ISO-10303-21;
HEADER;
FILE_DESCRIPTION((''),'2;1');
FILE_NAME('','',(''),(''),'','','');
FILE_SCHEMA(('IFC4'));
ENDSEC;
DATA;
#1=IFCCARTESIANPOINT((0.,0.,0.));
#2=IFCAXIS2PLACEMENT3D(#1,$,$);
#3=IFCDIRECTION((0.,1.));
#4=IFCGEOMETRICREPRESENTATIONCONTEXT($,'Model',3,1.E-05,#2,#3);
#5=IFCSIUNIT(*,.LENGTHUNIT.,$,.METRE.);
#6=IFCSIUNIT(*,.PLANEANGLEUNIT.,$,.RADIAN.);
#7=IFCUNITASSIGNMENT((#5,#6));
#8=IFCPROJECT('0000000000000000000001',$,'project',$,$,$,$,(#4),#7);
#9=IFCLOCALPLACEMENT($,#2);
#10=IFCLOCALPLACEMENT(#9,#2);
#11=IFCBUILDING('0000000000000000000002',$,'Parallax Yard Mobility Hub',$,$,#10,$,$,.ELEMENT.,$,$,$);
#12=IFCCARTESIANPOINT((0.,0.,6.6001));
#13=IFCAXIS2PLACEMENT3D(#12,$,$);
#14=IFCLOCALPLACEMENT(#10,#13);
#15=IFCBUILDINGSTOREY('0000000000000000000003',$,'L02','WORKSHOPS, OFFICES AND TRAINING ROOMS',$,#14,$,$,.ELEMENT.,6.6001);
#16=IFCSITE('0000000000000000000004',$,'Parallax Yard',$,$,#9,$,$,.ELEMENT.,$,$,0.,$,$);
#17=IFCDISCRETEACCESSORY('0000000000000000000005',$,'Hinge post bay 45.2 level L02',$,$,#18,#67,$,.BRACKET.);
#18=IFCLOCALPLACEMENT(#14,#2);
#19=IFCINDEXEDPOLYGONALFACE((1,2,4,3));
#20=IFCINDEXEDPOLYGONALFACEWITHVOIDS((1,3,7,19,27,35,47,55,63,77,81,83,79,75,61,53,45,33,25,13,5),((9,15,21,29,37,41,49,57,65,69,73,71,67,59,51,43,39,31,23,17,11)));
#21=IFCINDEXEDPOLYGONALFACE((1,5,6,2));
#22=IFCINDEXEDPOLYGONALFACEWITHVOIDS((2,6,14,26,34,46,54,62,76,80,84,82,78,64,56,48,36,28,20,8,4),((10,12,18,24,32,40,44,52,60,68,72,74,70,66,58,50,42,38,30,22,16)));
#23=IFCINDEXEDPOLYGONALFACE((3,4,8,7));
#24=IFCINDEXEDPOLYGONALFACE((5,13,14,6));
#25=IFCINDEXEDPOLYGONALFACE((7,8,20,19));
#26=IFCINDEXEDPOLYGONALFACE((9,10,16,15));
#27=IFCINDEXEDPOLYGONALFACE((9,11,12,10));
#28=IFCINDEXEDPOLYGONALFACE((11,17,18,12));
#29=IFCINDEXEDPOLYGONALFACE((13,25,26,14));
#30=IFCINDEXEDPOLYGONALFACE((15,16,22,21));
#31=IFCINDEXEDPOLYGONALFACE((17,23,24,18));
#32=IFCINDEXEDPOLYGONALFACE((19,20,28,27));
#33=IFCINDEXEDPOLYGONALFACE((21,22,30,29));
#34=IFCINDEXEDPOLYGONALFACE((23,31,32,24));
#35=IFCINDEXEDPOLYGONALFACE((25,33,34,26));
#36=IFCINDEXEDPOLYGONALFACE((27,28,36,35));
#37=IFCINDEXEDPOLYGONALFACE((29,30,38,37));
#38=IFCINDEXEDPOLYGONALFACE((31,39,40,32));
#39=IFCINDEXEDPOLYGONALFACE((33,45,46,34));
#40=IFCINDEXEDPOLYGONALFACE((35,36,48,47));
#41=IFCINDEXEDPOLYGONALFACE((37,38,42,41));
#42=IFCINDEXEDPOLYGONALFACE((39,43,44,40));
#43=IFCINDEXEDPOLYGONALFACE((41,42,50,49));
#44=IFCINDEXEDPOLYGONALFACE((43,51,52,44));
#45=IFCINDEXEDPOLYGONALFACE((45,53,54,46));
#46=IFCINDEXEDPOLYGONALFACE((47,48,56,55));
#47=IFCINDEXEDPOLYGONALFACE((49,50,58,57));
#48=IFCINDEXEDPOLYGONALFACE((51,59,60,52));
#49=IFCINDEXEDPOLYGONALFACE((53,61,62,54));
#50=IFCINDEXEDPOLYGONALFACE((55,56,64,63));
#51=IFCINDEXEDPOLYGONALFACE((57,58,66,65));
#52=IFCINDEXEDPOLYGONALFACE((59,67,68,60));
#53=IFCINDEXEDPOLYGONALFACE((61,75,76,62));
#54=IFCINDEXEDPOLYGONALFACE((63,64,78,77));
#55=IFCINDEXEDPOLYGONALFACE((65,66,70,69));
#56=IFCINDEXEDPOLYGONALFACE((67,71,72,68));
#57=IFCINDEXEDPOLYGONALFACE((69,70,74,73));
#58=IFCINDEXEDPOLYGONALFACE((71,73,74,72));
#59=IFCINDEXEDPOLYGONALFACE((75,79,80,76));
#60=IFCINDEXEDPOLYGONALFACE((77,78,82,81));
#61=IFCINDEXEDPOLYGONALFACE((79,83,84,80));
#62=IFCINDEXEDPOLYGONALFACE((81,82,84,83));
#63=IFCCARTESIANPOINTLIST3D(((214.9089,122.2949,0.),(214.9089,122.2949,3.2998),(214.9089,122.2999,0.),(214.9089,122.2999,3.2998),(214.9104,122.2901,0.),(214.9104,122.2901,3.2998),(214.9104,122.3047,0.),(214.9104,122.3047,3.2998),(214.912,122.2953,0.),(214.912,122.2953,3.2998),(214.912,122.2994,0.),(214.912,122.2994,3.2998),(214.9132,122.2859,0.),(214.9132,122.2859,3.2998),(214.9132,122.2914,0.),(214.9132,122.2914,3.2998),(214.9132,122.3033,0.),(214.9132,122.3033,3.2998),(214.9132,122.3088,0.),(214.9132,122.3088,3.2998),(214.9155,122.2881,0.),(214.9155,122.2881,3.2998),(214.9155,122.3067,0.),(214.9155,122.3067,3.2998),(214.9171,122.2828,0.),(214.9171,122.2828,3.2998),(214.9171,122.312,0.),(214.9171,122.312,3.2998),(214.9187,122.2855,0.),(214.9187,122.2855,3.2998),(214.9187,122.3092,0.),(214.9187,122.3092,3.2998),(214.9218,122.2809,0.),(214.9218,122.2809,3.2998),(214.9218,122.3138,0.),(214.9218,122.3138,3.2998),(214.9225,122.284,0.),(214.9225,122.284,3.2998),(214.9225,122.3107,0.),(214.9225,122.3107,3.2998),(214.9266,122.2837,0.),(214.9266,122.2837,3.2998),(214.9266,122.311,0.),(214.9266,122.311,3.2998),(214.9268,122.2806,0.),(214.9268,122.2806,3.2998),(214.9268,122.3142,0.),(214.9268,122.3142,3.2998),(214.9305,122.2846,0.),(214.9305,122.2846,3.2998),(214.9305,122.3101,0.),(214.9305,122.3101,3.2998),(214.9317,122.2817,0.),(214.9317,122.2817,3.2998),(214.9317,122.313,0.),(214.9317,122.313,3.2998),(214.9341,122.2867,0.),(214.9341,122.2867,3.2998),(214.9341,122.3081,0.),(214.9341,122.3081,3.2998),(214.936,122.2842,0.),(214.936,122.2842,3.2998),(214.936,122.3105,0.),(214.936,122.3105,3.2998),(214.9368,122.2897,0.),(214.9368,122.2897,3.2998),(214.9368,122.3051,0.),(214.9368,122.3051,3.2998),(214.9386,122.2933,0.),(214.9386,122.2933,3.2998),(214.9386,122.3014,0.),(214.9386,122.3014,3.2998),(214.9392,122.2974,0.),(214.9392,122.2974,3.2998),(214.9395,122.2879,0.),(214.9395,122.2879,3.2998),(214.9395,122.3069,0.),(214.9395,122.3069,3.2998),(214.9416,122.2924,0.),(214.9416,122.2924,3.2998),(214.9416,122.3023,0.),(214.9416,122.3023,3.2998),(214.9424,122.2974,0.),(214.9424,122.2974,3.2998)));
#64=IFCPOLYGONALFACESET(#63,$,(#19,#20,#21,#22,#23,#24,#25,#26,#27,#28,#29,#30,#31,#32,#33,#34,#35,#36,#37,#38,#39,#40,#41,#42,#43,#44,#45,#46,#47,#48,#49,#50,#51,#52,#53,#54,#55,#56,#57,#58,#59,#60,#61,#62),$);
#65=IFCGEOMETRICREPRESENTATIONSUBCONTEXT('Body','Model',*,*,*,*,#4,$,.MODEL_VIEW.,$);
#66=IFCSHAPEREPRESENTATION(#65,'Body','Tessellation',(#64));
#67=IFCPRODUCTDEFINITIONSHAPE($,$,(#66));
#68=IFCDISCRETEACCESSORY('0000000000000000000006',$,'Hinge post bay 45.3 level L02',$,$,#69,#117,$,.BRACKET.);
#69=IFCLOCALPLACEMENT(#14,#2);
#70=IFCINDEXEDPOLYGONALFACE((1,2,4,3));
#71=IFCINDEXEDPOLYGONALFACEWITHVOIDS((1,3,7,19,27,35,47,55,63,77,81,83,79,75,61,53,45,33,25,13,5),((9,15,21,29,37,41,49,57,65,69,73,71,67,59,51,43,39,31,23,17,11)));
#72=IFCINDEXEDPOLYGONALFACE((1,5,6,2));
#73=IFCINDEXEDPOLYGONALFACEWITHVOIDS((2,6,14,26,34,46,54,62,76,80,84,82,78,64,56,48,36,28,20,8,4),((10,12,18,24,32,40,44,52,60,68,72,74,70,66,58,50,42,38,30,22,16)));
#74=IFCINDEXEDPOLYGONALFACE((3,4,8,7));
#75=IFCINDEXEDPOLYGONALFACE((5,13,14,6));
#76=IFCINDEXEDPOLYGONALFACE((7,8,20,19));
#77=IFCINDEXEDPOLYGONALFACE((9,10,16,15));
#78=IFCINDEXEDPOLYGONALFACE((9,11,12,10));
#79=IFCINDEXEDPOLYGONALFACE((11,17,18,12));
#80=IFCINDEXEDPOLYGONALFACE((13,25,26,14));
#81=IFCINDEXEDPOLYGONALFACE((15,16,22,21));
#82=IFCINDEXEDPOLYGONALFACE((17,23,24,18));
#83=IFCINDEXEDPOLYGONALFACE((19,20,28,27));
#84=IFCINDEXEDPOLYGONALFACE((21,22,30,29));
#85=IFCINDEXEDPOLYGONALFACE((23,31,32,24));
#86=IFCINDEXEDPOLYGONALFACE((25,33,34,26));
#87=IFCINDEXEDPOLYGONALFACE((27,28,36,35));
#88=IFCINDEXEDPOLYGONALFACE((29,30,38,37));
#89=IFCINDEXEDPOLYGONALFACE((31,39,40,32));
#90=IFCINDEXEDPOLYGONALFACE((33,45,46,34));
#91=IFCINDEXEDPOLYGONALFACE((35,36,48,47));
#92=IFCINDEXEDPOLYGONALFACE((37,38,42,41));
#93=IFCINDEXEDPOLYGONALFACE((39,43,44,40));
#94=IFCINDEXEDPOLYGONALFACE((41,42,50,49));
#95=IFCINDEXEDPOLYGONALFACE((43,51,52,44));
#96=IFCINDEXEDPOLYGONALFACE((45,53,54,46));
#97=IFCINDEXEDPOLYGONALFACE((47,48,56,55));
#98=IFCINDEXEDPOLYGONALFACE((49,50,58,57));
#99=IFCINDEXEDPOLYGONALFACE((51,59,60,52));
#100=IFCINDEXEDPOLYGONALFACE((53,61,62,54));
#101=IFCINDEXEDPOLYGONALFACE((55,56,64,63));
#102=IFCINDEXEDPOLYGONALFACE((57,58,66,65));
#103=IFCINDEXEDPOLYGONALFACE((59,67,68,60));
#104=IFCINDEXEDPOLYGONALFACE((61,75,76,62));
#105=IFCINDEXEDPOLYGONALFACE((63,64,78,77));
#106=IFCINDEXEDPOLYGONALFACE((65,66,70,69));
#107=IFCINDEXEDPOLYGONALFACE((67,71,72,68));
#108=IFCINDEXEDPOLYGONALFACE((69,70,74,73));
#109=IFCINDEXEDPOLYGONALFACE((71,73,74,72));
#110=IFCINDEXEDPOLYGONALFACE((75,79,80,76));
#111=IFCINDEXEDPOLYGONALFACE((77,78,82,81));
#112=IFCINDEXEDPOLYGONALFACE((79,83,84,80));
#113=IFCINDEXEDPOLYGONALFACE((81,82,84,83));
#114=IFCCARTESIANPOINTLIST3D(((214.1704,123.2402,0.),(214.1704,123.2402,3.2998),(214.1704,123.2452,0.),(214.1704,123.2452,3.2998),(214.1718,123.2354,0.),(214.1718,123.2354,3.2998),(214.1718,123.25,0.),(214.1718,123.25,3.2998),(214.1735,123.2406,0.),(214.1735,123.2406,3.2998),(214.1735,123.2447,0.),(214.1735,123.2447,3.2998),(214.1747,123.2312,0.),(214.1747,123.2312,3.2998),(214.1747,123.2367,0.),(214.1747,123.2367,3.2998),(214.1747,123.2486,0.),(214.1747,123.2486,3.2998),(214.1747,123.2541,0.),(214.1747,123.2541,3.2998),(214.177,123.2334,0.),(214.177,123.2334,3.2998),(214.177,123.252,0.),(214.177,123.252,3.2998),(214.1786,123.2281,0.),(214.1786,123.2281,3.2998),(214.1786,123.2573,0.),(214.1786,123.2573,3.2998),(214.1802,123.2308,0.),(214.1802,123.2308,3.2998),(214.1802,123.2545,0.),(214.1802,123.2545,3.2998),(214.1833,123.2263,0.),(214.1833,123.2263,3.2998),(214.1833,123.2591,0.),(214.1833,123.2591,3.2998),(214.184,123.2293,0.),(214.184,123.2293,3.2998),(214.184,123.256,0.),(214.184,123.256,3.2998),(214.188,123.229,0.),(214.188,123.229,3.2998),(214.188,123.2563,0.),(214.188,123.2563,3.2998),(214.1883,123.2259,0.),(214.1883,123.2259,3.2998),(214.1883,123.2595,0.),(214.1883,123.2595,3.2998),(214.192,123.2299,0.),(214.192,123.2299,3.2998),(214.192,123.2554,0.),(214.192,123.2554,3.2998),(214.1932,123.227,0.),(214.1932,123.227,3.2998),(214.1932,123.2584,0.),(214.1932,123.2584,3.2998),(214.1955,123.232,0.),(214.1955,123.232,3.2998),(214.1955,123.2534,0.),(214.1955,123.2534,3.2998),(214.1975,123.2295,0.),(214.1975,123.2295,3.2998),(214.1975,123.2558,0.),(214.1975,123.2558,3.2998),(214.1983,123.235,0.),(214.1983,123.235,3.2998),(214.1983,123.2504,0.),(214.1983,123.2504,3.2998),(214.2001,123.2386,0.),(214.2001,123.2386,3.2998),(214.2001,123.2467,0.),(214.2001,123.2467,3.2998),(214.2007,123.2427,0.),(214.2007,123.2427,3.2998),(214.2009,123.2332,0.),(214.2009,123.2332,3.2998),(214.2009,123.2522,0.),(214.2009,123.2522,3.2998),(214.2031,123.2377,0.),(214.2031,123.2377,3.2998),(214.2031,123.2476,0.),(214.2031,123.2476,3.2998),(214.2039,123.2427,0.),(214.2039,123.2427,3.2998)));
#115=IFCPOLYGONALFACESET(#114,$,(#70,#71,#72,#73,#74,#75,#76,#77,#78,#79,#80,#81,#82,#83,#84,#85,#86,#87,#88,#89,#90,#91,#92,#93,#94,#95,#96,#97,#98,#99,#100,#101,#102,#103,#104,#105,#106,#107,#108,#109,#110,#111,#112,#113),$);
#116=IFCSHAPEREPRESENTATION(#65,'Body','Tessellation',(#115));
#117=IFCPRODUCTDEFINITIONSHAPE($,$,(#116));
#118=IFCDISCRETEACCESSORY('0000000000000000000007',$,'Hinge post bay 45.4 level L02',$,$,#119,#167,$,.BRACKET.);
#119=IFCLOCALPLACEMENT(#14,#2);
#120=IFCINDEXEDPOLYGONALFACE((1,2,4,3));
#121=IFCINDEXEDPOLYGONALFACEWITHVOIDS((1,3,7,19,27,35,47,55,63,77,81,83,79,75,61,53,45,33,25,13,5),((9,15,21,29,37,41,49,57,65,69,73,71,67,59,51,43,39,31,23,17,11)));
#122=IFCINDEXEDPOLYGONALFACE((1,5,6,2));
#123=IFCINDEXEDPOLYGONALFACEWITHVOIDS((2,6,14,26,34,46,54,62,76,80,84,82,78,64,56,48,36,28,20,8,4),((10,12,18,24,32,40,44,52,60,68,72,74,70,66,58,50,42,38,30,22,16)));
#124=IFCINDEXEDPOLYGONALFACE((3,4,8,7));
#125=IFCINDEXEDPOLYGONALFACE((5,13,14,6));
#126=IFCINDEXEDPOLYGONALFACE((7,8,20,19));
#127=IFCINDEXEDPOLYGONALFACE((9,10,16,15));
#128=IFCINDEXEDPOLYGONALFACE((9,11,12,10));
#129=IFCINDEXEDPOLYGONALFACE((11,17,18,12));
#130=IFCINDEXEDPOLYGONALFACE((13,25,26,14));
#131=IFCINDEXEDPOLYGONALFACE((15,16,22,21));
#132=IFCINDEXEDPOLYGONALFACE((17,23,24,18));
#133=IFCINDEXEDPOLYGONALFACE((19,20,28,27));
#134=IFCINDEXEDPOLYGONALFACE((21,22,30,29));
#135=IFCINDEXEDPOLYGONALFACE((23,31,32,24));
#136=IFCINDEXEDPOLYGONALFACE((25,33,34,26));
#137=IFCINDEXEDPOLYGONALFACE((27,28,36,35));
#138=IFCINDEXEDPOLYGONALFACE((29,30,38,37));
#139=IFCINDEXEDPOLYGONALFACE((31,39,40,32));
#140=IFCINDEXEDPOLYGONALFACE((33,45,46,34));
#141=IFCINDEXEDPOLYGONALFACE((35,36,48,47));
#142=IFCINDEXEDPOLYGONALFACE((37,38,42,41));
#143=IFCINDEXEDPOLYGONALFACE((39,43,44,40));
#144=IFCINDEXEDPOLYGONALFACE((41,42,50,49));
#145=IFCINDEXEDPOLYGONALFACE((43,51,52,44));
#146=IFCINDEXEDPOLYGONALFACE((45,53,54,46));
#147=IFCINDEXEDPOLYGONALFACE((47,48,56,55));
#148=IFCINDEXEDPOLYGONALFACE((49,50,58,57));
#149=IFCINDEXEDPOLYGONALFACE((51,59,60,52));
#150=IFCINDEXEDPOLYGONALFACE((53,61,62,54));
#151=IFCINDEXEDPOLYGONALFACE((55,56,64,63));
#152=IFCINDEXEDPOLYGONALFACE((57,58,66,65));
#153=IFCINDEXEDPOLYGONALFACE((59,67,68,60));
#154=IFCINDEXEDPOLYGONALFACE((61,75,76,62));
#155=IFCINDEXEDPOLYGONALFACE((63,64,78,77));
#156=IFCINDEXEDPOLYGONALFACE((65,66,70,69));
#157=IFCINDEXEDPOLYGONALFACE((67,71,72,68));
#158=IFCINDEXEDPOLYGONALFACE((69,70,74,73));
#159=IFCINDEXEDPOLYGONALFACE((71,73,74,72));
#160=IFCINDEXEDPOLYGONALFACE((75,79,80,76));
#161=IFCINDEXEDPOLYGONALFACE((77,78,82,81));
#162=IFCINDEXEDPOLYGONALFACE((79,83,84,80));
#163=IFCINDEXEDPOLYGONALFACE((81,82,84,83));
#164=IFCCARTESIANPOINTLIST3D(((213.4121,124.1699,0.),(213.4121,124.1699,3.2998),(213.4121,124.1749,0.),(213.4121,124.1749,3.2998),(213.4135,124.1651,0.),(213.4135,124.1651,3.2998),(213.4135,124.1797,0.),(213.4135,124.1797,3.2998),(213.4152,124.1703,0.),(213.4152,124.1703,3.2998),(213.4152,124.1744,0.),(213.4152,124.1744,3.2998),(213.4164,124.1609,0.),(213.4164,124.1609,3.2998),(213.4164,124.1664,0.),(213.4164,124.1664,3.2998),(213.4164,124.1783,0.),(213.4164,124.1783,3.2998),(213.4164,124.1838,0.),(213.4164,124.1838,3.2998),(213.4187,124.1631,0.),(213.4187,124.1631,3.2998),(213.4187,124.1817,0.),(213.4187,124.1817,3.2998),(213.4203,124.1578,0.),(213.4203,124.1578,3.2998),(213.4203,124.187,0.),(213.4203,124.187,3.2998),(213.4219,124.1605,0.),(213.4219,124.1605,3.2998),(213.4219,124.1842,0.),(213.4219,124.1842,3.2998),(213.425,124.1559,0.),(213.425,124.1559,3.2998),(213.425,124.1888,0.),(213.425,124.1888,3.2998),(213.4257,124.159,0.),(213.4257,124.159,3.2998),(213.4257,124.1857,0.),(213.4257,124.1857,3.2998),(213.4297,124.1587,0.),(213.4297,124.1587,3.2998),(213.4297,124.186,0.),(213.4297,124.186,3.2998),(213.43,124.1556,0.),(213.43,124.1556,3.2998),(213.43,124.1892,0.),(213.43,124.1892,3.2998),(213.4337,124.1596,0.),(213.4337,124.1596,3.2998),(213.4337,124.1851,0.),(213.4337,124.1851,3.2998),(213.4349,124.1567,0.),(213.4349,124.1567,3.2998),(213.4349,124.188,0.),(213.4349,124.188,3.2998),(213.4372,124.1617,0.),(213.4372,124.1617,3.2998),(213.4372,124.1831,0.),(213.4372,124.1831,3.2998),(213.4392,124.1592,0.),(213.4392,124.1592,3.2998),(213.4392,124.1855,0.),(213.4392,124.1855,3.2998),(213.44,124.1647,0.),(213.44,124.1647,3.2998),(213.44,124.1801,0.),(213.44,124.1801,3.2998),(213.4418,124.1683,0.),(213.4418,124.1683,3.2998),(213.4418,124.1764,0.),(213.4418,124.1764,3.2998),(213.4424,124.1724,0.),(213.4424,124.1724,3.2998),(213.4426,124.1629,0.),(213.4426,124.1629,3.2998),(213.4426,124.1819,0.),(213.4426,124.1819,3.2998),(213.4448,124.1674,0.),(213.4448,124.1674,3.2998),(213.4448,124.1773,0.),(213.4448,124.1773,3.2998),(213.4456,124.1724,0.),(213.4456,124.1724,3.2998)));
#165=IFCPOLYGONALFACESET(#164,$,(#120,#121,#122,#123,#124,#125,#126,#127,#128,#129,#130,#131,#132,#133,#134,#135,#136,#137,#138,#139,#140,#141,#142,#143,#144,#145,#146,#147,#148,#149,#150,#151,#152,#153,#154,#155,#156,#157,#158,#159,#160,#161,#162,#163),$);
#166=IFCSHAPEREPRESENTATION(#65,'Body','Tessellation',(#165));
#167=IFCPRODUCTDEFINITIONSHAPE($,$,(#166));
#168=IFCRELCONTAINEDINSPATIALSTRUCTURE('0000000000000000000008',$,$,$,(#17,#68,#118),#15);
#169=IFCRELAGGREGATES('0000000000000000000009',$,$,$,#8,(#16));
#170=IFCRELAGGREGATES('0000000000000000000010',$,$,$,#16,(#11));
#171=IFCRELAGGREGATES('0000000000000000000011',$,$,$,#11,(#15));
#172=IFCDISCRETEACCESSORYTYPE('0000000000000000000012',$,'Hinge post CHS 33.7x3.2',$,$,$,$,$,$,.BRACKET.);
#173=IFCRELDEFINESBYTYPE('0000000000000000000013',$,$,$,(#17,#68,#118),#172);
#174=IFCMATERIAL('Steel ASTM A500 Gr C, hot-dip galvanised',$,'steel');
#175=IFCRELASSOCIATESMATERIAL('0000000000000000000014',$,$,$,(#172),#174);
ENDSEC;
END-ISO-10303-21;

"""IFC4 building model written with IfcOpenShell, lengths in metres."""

from ifc_helpers import new_model, si_unit, direction, frame, origin, origin_2d, place, context, subcontext, project, spatial, hollow_circle, extrude, material, material_profile, profile_set, type_object, element, save


model = new_model("IFC4")

# Units and contexts
model_context = context("Model", 3, precision=1e-05, world=origin(), true_north=direction((0.0, 1.0)))
body_context = subcontext(model_context, "Body", "Model", "MODEL_VIEW")
ifc_project = project(units=[si_unit("LENGTHUNIT", "METRE"), si_unit("PLANEANGLEUNIT", "RADIAN")], contexts=[model_context])

# Site, building, storey
site_placement = place(None, origin())
site = spatial("IfcSite", under=ifc_project, at=site_placement, Name="Parallax Yard", CompositionType="ELEMENT", RefElevation=0.0)
building_placement = place(site_placement, origin())
building = spatial("IfcBuilding", under=site, at=building_placement, Name="Parallax Yard Mobility Hub", CompositionType="ELEMENT")
storey_placement = place(building_placement, frame((0.0, 0.0, 6.6001)))
storey = spatial("IfcBuildingStorey", under=building, at=storey_placement, Name="L02", Description="WORKSHOPS, OFFICES AND TRAINING ROOMS", CompositionType="ELEMENT", Elevation=6.6001)

# Discrete accessories
ifc_material_1 = material(Name="Steel ASTM A500 Gr C, hot-dip galvanised", Category="steel")
ifc_material_profile = material_profile(ifc_material_1, hollow_circle(Radius=0.0168, WallThickness=0.0032, at=origin_2d()), Name="CHS 33.7x3.2")
ifc_profile_set = profile_set([ifc_material_profile], Name="Steel ASTM A500 Gr C, hot-dip galvanised")
discrete_accessory_type_1 = type_object("IfcDiscreteAccessoryType", Name="Hinge post CHS 33.7x3.2", PredefinedType="BRACKET", material=ifc_profile_set)
for number, where, z_axis, x_axis, name in (
    (1, (214.9255, 122.2974, 0.0), (0.0, 0.0, 1.0), (1.0, 0.0, 0.0), "Hinge post bay 45.2 level L02"),
    (2, (214.187, 123.2427, 0.0), (0.0, 0.0, 1.0), (1.0, 0.0, 0.0), "Hinge post bay 45.3 level L02"),
    (3, (213.4287, 124.1724, 0.0), (0.0, 0.0, 1.0), (1.0, 0.0, 0.0), "Hinge post bay 45.4 level L02"),
):
    element("IfcDiscreteAccessory", number, at=place(storey_placement, frame(where, z_axis=z_axis, x_axis=x_axis)), inside=storey, type_object=discrete_accessory_type_1, Name=name, PredefinedType="BRACKET", context=body_context, shape_type="SweptSolid", body=[
        extrude(hollow_circle(Radius=0.0168, WallThickness=0.0032, at=origin_2d()), origin(), (0.0, 0.0, 1.0), 3.2998),
    ])

save(model, "model.ifc")
